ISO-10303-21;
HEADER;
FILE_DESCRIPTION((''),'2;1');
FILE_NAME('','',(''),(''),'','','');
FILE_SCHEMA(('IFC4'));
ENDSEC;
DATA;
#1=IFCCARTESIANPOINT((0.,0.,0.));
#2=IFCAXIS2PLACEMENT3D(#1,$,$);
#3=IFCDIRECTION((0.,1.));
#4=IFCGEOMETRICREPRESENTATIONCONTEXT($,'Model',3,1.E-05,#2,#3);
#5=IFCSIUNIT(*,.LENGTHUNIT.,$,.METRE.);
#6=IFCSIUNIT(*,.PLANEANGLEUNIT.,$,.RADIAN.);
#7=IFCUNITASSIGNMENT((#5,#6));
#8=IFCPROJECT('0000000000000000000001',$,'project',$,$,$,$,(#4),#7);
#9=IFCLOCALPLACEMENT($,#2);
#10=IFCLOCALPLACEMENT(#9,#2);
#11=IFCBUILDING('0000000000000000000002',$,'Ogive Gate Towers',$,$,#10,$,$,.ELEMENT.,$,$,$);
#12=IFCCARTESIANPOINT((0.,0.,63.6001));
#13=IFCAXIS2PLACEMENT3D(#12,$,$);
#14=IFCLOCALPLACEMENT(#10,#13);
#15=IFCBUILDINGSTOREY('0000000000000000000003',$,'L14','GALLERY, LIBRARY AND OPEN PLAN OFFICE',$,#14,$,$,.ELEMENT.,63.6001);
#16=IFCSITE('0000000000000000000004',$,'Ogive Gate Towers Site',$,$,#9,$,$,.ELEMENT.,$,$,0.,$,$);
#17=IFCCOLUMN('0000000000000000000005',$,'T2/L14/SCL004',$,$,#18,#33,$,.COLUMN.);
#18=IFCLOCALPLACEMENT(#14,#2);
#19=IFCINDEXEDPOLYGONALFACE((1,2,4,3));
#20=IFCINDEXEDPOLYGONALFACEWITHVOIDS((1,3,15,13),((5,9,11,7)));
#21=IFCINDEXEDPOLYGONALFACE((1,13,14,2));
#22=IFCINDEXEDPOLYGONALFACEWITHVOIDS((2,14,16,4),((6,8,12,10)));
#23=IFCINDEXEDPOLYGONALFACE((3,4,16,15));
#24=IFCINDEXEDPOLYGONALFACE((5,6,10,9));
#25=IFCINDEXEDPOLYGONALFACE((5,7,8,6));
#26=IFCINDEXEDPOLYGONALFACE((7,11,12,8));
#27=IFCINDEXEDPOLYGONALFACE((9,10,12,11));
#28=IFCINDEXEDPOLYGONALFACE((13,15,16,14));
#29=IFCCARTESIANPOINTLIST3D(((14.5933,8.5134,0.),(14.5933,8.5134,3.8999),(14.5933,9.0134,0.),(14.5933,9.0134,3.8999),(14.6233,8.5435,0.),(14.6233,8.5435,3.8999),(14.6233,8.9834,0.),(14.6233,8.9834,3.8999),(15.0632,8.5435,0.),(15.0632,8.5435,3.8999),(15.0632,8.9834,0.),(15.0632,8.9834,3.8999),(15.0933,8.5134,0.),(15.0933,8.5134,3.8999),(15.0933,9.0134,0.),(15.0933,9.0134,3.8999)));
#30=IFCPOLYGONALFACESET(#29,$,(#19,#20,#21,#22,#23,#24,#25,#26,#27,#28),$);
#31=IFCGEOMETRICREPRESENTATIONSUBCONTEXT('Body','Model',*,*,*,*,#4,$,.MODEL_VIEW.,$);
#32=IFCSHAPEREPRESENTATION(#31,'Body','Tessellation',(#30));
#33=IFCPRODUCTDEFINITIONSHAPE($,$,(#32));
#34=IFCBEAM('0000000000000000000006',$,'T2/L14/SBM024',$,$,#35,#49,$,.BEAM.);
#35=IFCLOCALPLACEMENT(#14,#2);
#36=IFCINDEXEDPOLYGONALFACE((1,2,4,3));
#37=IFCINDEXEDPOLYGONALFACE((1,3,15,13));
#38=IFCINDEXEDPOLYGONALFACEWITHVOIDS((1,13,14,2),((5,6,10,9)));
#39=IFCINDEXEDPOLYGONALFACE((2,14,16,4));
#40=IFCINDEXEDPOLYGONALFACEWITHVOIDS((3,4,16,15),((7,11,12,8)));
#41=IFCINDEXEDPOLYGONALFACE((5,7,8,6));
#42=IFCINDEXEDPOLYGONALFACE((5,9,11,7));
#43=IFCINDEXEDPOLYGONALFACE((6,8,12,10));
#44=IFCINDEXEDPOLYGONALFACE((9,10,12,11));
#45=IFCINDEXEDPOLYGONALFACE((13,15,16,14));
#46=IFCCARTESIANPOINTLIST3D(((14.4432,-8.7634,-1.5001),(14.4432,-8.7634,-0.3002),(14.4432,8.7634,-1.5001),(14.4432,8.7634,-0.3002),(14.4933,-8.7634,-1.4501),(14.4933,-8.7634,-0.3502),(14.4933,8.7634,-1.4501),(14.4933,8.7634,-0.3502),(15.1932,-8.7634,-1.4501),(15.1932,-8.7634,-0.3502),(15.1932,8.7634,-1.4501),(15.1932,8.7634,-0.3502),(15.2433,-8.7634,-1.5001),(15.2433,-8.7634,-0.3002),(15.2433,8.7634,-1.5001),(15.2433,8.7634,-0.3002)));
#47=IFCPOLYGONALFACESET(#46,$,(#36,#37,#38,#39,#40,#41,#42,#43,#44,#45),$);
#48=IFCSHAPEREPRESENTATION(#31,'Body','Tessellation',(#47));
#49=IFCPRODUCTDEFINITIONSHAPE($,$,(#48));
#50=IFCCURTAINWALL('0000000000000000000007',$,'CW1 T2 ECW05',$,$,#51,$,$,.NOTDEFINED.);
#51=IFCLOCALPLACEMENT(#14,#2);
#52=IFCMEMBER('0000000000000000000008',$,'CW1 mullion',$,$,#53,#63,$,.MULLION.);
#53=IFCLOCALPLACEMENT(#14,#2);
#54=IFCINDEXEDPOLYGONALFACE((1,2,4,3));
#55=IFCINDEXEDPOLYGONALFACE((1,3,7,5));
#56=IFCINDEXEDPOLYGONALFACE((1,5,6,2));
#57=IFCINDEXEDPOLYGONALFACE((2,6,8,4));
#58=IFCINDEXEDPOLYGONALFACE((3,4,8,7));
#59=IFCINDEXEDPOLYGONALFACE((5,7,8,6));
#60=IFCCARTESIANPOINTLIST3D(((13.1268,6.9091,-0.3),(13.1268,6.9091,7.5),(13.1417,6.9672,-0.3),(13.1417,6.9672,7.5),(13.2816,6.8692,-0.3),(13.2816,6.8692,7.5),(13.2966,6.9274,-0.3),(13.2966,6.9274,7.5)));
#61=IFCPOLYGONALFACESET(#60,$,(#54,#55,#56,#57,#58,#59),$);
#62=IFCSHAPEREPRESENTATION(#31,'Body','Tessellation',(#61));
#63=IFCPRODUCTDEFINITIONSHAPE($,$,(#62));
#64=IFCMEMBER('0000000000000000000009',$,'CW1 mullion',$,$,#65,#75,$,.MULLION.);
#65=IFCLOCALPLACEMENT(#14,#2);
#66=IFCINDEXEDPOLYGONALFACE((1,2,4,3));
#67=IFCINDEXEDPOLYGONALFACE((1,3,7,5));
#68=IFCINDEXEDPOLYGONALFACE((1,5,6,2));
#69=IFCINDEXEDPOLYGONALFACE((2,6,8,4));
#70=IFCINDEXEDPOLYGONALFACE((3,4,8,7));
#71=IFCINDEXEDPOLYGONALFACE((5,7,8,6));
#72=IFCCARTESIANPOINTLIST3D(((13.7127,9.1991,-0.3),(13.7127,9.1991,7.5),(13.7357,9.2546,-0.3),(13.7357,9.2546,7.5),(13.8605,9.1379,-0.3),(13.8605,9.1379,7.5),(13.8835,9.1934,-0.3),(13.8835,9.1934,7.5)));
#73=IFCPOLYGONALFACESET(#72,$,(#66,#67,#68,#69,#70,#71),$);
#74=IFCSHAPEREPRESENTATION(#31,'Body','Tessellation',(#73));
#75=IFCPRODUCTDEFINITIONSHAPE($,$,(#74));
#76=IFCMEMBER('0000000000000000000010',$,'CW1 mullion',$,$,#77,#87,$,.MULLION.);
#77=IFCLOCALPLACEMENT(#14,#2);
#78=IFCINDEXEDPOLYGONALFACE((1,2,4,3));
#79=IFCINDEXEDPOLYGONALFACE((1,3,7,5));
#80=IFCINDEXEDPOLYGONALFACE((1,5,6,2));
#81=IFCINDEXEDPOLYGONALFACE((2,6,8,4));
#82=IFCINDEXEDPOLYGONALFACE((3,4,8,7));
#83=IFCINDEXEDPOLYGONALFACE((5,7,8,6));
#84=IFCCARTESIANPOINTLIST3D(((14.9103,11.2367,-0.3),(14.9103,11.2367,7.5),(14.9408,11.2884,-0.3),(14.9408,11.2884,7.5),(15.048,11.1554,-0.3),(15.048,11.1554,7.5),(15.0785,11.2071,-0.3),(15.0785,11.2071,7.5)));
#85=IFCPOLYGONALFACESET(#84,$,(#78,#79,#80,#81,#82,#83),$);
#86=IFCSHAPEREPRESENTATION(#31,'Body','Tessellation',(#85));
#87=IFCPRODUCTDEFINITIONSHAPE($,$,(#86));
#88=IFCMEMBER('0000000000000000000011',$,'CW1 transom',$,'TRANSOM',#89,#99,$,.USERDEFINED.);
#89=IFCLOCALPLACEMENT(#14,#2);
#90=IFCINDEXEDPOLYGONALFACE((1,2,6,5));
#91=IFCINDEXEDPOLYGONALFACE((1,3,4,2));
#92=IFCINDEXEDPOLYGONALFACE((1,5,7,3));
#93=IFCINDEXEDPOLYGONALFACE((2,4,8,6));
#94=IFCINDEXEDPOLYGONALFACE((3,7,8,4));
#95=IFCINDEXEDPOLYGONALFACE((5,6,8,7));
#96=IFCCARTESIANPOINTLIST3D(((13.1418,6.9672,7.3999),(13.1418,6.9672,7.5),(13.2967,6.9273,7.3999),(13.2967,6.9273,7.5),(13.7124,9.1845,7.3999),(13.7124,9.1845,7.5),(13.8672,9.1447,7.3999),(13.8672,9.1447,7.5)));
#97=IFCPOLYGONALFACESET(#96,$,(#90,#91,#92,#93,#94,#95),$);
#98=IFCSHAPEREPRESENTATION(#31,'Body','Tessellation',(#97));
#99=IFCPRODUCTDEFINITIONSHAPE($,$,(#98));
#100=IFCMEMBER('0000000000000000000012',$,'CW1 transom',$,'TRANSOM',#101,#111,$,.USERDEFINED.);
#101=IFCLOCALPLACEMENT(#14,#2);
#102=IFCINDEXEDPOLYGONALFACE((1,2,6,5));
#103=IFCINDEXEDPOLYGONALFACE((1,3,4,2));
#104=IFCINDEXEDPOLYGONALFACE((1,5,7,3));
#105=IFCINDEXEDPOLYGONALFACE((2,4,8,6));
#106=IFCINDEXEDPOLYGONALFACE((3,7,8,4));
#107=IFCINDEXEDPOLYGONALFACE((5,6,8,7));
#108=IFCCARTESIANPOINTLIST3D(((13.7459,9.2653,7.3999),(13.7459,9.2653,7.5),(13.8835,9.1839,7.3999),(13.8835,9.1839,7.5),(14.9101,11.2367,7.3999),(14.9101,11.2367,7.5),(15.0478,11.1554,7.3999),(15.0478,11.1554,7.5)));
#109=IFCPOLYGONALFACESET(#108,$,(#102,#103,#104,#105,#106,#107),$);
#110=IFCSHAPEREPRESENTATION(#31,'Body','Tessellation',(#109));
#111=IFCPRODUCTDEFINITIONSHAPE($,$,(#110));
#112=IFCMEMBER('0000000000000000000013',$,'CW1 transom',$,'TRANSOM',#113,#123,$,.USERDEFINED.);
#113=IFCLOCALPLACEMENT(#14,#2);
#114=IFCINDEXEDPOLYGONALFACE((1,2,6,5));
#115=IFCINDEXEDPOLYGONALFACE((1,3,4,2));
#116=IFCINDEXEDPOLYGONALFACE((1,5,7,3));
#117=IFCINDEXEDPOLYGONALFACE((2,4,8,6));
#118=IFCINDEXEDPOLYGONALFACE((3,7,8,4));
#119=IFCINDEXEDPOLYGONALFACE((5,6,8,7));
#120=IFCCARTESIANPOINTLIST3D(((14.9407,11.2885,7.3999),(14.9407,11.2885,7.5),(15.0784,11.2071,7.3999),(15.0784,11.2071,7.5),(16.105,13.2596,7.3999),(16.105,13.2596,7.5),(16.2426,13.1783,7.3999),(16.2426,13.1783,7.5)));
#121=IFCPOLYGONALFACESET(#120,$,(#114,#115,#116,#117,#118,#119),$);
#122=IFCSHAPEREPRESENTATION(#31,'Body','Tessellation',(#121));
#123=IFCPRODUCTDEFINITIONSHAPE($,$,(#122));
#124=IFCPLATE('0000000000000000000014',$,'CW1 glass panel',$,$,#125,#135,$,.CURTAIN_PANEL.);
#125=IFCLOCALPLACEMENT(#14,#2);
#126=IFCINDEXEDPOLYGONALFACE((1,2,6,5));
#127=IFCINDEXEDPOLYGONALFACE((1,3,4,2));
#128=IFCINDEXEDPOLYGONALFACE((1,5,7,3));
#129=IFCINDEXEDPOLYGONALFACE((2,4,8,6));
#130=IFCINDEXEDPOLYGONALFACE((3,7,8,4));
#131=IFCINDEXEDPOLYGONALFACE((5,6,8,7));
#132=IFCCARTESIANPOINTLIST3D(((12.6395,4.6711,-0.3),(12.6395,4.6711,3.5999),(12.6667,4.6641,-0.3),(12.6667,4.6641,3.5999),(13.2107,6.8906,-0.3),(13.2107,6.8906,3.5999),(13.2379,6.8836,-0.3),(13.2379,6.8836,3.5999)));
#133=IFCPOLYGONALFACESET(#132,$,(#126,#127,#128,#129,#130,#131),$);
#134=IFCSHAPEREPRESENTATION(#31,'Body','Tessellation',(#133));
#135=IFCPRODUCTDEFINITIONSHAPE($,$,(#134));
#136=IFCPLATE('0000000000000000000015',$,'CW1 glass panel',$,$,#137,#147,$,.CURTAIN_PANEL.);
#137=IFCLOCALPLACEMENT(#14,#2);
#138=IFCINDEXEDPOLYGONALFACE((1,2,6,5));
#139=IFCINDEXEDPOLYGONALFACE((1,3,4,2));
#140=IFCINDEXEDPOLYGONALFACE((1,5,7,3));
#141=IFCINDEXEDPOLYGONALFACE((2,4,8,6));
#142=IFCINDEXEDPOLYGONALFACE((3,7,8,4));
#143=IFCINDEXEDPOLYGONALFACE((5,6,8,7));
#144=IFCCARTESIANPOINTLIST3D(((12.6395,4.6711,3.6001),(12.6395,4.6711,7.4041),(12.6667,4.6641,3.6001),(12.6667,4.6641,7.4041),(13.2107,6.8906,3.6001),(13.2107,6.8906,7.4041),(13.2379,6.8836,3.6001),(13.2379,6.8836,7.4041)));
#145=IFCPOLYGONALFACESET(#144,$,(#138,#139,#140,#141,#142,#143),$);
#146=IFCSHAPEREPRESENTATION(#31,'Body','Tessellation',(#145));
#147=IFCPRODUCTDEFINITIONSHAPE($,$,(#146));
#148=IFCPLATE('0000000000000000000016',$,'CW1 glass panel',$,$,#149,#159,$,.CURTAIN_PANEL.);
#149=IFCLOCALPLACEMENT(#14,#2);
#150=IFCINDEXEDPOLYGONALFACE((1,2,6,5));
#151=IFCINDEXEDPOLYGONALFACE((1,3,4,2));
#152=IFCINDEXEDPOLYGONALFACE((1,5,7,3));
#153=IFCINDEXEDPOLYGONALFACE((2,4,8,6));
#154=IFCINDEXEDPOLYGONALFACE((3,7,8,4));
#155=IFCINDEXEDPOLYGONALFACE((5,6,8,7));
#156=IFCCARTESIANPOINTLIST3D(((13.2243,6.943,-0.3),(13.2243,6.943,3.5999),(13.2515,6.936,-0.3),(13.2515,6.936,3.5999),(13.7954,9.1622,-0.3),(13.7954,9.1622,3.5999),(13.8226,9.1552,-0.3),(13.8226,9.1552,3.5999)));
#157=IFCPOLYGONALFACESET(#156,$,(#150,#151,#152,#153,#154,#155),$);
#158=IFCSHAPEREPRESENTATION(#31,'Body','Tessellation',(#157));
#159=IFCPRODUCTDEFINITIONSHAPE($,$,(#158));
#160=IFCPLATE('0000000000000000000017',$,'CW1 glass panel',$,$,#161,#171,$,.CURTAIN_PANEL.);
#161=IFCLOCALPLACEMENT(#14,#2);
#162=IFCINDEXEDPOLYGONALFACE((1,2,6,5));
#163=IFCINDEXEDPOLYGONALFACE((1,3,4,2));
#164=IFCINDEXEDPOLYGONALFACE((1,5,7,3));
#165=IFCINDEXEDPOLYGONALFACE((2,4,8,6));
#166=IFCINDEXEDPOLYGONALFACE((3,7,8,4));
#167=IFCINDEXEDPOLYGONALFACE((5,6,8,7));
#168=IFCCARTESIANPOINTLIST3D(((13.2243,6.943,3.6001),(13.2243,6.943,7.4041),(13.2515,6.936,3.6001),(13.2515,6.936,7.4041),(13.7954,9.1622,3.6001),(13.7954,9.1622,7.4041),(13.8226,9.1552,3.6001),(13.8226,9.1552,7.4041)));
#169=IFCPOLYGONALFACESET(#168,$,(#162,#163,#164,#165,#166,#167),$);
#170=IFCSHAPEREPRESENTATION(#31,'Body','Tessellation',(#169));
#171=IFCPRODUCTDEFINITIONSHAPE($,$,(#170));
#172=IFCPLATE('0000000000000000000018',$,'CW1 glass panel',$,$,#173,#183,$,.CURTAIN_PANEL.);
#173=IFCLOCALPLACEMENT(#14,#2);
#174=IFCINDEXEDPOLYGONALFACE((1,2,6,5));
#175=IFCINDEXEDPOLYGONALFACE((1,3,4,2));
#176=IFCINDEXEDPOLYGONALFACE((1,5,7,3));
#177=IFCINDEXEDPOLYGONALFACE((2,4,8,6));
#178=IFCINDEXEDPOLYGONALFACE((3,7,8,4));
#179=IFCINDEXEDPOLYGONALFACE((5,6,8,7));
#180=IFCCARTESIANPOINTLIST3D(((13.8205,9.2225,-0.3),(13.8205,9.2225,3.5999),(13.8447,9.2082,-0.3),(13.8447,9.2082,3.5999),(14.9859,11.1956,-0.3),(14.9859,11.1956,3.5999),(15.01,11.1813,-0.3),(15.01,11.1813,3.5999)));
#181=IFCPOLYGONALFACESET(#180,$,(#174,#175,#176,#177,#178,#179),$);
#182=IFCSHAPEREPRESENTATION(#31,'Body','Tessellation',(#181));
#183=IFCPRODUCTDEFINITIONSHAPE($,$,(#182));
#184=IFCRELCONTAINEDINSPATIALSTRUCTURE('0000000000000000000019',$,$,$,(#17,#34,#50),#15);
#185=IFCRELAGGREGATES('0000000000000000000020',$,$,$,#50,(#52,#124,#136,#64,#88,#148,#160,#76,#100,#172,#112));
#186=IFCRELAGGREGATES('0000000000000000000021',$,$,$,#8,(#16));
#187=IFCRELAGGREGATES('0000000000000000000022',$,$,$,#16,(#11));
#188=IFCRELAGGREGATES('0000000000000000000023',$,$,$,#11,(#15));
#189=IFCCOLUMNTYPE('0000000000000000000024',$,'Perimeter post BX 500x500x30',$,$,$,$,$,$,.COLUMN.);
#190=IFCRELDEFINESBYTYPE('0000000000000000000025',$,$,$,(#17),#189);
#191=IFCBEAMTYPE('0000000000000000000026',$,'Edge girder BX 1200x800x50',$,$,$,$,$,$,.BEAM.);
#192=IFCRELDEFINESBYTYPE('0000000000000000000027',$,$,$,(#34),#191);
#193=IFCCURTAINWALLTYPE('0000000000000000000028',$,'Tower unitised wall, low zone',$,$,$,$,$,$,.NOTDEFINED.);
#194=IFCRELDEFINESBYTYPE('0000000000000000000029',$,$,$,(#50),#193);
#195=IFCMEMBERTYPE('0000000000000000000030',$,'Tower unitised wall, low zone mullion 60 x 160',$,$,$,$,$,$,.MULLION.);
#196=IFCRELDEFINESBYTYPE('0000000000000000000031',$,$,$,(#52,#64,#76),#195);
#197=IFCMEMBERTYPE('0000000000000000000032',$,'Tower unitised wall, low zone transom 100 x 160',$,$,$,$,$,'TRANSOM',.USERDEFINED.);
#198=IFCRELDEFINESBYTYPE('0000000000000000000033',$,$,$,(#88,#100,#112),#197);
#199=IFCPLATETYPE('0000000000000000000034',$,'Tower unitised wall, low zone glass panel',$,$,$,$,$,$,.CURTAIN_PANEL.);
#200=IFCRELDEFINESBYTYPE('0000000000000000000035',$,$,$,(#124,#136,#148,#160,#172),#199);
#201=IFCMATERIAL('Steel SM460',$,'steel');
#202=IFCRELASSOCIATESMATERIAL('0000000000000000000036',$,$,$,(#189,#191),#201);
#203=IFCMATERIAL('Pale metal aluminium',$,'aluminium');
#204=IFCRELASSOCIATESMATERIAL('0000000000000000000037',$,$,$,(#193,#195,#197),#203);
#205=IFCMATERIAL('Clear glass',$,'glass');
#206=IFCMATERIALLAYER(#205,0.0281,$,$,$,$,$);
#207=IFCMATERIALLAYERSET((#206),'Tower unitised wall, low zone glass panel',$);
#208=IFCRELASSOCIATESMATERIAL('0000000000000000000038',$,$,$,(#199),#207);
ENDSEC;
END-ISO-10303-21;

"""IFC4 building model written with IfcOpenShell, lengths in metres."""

from ifc_helpers import new_model, si_unit, direction, frame, origin, origin_2d, place, context, subcontext, project, spatial, rectangle, hollow_rectangle, extrude, material, layer, layer_set, material_profile, profile_set, type_object, element, aggregate, save


model = new_model("IFC4")

# Units and contexts
model_context = context("Model", 3, precision=1e-05, world=origin(), true_north=direction((0.0, 1.0)))
body_context = subcontext(model_context, "Body", "Model", "MODEL_VIEW")
ifc_project = project(units=[si_unit("LENGTHUNIT", "METRE"), si_unit("PLANEANGLEUNIT", "RADIAN")], contexts=[model_context])

# Site, building, storey
site_placement = place(None, origin())
site = spatial("IfcSite", under=ifc_project, at=site_placement, Name="Ogive Gate Towers Site", CompositionType="ELEMENT", RefElevation=0.0)
building_placement = place(site_placement, origin())
building = spatial("IfcBuilding", under=site, at=building_placement, Name="Ogive Gate Towers", CompositionType="ELEMENT")
storey_placement = place(building_placement, frame((0.0, 0.0, 63.6001)))
storey = spatial("IfcBuildingStorey", under=building, at=storey_placement, Name="L14", Description="GALLERY, LIBRARY AND OPEN PLAN OFFICE", CompositionType="ELEMENT", Elevation=63.6001)

# Column
ifc_material_1 = material(Name="Steel SM460", Category="steel")
ifc_material_profile_1 = material_profile(ifc_material_1, hollow_rectangle(XDim=0.5, YDim=0.5, WallThickness=0.03, at=origin_2d()), Name="BX 500x500x30")
ifc_profile_set_1 = profile_set([ifc_material_profile_1], Name="Steel SM460")
column_type = type_object("IfcColumnType", Name="Perimeter post BX 500x500x30", PredefinedType="COLUMN", material=ifc_profile_set_1)
column_placement = place(storey_placement, frame((14.8433, 8.7634, 0.0), z_axis=(0.0, 0.0, 1.0), x_axis=(1.0, 0.0, 0.0)))
element("IfcColumn", 1, at=column_placement, inside=storey, type_object=column_type, Name="T2/L14/SCL004", PredefinedType="COLUMN", context=body_context, shape_type="SweptSolid", body=[
    extrude(hollow_rectangle(XDim=0.5, YDim=0.5, WallThickness=0.03, at=origin_2d()), origin(), (0.0, 0.0, 1.0), 3.8999),
])

# Beam
ifc_material_profile_2 = material_profile(ifc_material_1, hollow_rectangle(XDim=0.8, YDim=1.2, WallThickness=0.05, at=origin_2d()), Name="BX 1200x800x50")
ifc_profile_set_2 = profile_set([ifc_material_profile_2], Name="Steel SM460")
beam_type = type_object("IfcBeamType", Name="Edge girder BX 1200x800x50", PredefinedType="BEAM", material=ifc_profile_set_2)
beam_placement = place(storey_placement, frame((14.8433, 8.7634, -0.9001), z_axis=(0.0, -1.0, 0.0), x_axis=(1.0, 0.0, 0.0)))
element("IfcBeam", 2, at=beam_placement, inside=storey, type_object=beam_type, Name="T2/L14/SBM024", PredefinedType="BEAM", context=body_context, shape_type="SweptSolid", body=[
    extrude(hollow_rectangle(XDim=0.8, YDim=1.2, WallThickness=0.05, at=origin_2d()), origin(), (0.0, 0.0, 1.0), 17.5269),
])

# Curtain wall, members, plates
ifc_material_2 = material(Name="Pale metal aluminium", Category="aluminium")
curtain_wall_type = type_object("IfcCurtainWallType", Name="Tower unitised wall, low zone", PredefinedType="NOTDEFINED", material=ifc_material_2)
curtain_wall_placement = place(storey_placement, origin())
curtain_wall = element("IfcCurtainWall", 3, at=curtain_wall_placement, inside=storey, type_object=curtain_wall_type, Name="CW1 T2 ECW05", PredefinedType="NOTDEFINED")
ifc_material_profile_3 = material_profile(ifc_material_2, rectangle(XDim=0.1599, YDim=0.0601, at=origin_2d()), Name="60 x 160 aluminium box")
ifc_profile_set_3 = profile_set([ifc_material_profile_3], Name="Pale metal aluminium")
member_type_1 = type_object("IfcMemberType", Name="Tower unitised wall, low zone mullion 60 x 160", PredefinedType="MULLION", material=ifc_profile_set_3)
member_1_placement = place(storey_placement, frame((13.2117, 6.9182, -0.3), z_axis=(0.0, 0.0, 1.0), x_axis=(0.96844, -0.249248, 0.0)))
member_1 = element("IfcMember", 4, at=member_1_placement, type_object=member_type_1, Name="CW1 mullion", PredefinedType="MULLION", context=body_context, shape_type="SweptSolid", body=[
    extrude(rectangle(XDim=0.1599, YDim=0.0601, at=origin_2d()), origin(), (0.0, 0.0, 1.0), 7.8),
])
member_2_placement = place(storey_placement, frame((13.7981, 9.1963, -0.3), z_axis=(0.0, 0.0, 1.0), x_axis=(0.92388, -0.382683, 0.0)))
member_2 = element("IfcMember", 5, at=member_2_placement, type_object=member_type_1, Name="CW1 mullion", PredefinedType="MULLION", context=body_context, shape_type="SweptSolid", body=[
    extrude(rectangle(XDim=0.1599, YDim=0.0601, at=origin_2d()), origin(), (0.0, 0.0, 1.0), 7.8),
])
member_3_placement = place(storey_placement, frame((14.9944, 11.2219, -0.3), z_axis=(0.0, 0.0, 1.0), x_axis=(0.861035, -0.508546, 0.0)))
member_3 = element("IfcMember", 6, at=member_3_placement, type_object=member_type_1, Name="CW1 mullion", PredefinedType="MULLION", context=body_context, shape_type="SweptSolid", body=[
    extrude(rectangle(XDim=0.1599, YDim=0.0601, at=origin_2d()), origin(), (0.0, 0.0, 1.0), 7.8),
])
ifc_material_profile_4 = material_profile(ifc_material_2, rectangle(XDim=0.1599, YDim=0.1001, at=origin_2d()), Name="100 x 160 aluminium box")
ifc_profile_set_4 = profile_set([ifc_material_profile_4], Name="Pale metal aluminium")
member_type_2 = type_object("IfcMemberType", Name="Tower unitised wall, low zone transom 100 x 160", ElementType="TRANSOM", PredefinedType="USERDEFINED", material=ifc_profile_set_4)
member_4_placement = place(storey_placement, frame((13.2192, 6.9473, 7.45), z_axis=(0.249204, 0.968451, 0.0), x_axis=(-0.968451, 0.249204, 0.0)))
member_4 = element("IfcMember", 7, at=member_4_placement, type_object=member_type_2, Name="CW1 transom", ObjectType="TRANSOM", PredefinedType="USERDEFINED", context=body_context, shape_type="SweptSolid", body=[
    extrude(rectangle(XDim=0.1599, YDim=0.1001, at=origin_2d()), origin(), (0.0, 0.0, 1.0), 2.2896),
])
member_5_placement = place(storey_placement, frame((13.8147, 9.2246, 7.45), z_axis=(0.508525, 0.861048, 0.0), x_axis=(-0.861048, 0.508525, 0.0)))
member_5 = element("IfcMember", 8, at=member_5_placement, type_object=member_type_2, Name="CW1 transom", ObjectType="TRANSOM", PredefinedType="USERDEFINED", context=body_context, shape_type="SweptSolid", body=[
    extrude(rectangle(XDim=0.1599, YDim=0.1001, at=origin_2d()), origin(), (0.0, 0.0, 1.0), 2.2896),
])
member_6_placement = place(storey_placement, frame((15.0095, 11.2478, 7.45), z_axis=(0.508571, 0.86102, 0.0), x_axis=(-0.86102, 0.508571, 0.0)))
member_6 = element("IfcMember", 9, at=member_6_placement, type_object=member_type_2, Name="CW1 transom", ObjectType="TRANSOM", PredefinedType="USERDEFINED", context=body_context, shape_type="SweptSolid", body=[
    extrude(rectangle(XDim=0.1599, YDim=0.1001, at=origin_2d()), origin(), (0.0, 0.0, 1.0), 2.2893),
])
ifc_material_3 = material(Name="Clear glass", Category="glass")
ifc_layer_1 = layer(ifc_material_3, 0.0281)
ifc_layer_set_1 = layer_set([ifc_layer_1], Name="Tower unitised wall, low zone glass panel")
plate_type = type_object("IfcPlateType", Name="Tower unitised wall, low zone glass panel", PredefinedType="CURTAIN_PANEL", material=ifc_layer_set_1)
plate_1_placement = place(storey_placement, frame((12.9387, 5.7773, -0.3), z_axis=(0.0, 0.0, 1.0), x_axis=(0.249248, 0.96844, 0.0)))
plate_1 = element("IfcPlate", 10, at=plate_1_placement, type_object=plate_type, Name="CW1 glass panel", PredefinedType="CURTAIN_PANEL", context=body_context, shape_type="SweptSolid", body=[
    extrude(rectangle(XDim=2.2917, YDim=0.0281, at=origin_2d()), origin(), (0.0, 0.0, 1.0), 3.8999),
])
plate_2_placement = place(storey_placement, frame((12.9387, 5.7773, 3.6001), z_axis=(0.0, 0.0, 1.0), x_axis=(0.249248, 0.96844, 0.0)))
plate_2 = element("IfcPlate", 11, at=plate_2_placement, type_object=plate_type, Name="CW1 glass panel", PredefinedType="CURTAIN_PANEL", context=body_context, shape_type="SweptSolid", body=[
    extrude(rectangle(XDim=2.2917, YDim=0.0281, at=origin_2d()), origin(), (0.0, 0.0, 1.0), 3.804),
])
plate_3_placement = place(storey_placement, frame((13.5234, 8.0491, -0.3), z_axis=(0.0, 0.0, 1.0), x_axis=(0.249248, 0.96844, 0.0)))
plate_3 = element("IfcPlate", 12, at=plate_3_placement, type_object=plate_type, Name="CW1 glass panel", PredefinedType="CURTAIN_PANEL", context=body_context, shape_type="SweptSolid", body=[
    extrude(rectangle(XDim=2.2915, YDim=0.0281, at=origin_2d()), origin(), (0.0, 0.0, 1.0), 3.8999),
])
plate_4_placement = place(storey_placement, frame((13.5234, 8.0491, 3.6001), z_axis=(0.0, 0.0, 1.0), x_axis=(0.249248, 0.96844, 0.0)))
plate_4 = element("IfcPlate", 13, at=plate_4_placement, type_object=plate_type, Name="CW1 glass panel", PredefinedType="CURTAIN_PANEL", context=body_context, shape_type="SweptSolid", body=[
    extrude(rectangle(XDim=2.2915, YDim=0.0281, at=origin_2d()), origin(), (0.0, 0.0, 1.0), 3.804),
])
plate_5_placement = place(storey_placement, frame((14.4153, 10.2019, -0.3), z_axis=(0.0, 0.0, 1.0), x_axis=(0.508546, 0.861035, 0.0)))
plate_5 = element("IfcPlate", 14, at=plate_5_placement, type_object=plate_type, Name="CW1 glass panel", PredefinedType="CURTAIN_PANEL", context=body_context, shape_type="SweptSolid", body=[
    extrude(rectangle(XDim=2.2915, YDim=0.0281, at=origin_2d()), origin(), (0.0, 0.0, 1.0), 3.8999),
])
aggregate(curtain_wall, [member_1, plate_1, plate_2, member_2, member_4, plate_3, plate_4, member_3, member_5, plate_5, member_6])

save(model, "model.ifc")
